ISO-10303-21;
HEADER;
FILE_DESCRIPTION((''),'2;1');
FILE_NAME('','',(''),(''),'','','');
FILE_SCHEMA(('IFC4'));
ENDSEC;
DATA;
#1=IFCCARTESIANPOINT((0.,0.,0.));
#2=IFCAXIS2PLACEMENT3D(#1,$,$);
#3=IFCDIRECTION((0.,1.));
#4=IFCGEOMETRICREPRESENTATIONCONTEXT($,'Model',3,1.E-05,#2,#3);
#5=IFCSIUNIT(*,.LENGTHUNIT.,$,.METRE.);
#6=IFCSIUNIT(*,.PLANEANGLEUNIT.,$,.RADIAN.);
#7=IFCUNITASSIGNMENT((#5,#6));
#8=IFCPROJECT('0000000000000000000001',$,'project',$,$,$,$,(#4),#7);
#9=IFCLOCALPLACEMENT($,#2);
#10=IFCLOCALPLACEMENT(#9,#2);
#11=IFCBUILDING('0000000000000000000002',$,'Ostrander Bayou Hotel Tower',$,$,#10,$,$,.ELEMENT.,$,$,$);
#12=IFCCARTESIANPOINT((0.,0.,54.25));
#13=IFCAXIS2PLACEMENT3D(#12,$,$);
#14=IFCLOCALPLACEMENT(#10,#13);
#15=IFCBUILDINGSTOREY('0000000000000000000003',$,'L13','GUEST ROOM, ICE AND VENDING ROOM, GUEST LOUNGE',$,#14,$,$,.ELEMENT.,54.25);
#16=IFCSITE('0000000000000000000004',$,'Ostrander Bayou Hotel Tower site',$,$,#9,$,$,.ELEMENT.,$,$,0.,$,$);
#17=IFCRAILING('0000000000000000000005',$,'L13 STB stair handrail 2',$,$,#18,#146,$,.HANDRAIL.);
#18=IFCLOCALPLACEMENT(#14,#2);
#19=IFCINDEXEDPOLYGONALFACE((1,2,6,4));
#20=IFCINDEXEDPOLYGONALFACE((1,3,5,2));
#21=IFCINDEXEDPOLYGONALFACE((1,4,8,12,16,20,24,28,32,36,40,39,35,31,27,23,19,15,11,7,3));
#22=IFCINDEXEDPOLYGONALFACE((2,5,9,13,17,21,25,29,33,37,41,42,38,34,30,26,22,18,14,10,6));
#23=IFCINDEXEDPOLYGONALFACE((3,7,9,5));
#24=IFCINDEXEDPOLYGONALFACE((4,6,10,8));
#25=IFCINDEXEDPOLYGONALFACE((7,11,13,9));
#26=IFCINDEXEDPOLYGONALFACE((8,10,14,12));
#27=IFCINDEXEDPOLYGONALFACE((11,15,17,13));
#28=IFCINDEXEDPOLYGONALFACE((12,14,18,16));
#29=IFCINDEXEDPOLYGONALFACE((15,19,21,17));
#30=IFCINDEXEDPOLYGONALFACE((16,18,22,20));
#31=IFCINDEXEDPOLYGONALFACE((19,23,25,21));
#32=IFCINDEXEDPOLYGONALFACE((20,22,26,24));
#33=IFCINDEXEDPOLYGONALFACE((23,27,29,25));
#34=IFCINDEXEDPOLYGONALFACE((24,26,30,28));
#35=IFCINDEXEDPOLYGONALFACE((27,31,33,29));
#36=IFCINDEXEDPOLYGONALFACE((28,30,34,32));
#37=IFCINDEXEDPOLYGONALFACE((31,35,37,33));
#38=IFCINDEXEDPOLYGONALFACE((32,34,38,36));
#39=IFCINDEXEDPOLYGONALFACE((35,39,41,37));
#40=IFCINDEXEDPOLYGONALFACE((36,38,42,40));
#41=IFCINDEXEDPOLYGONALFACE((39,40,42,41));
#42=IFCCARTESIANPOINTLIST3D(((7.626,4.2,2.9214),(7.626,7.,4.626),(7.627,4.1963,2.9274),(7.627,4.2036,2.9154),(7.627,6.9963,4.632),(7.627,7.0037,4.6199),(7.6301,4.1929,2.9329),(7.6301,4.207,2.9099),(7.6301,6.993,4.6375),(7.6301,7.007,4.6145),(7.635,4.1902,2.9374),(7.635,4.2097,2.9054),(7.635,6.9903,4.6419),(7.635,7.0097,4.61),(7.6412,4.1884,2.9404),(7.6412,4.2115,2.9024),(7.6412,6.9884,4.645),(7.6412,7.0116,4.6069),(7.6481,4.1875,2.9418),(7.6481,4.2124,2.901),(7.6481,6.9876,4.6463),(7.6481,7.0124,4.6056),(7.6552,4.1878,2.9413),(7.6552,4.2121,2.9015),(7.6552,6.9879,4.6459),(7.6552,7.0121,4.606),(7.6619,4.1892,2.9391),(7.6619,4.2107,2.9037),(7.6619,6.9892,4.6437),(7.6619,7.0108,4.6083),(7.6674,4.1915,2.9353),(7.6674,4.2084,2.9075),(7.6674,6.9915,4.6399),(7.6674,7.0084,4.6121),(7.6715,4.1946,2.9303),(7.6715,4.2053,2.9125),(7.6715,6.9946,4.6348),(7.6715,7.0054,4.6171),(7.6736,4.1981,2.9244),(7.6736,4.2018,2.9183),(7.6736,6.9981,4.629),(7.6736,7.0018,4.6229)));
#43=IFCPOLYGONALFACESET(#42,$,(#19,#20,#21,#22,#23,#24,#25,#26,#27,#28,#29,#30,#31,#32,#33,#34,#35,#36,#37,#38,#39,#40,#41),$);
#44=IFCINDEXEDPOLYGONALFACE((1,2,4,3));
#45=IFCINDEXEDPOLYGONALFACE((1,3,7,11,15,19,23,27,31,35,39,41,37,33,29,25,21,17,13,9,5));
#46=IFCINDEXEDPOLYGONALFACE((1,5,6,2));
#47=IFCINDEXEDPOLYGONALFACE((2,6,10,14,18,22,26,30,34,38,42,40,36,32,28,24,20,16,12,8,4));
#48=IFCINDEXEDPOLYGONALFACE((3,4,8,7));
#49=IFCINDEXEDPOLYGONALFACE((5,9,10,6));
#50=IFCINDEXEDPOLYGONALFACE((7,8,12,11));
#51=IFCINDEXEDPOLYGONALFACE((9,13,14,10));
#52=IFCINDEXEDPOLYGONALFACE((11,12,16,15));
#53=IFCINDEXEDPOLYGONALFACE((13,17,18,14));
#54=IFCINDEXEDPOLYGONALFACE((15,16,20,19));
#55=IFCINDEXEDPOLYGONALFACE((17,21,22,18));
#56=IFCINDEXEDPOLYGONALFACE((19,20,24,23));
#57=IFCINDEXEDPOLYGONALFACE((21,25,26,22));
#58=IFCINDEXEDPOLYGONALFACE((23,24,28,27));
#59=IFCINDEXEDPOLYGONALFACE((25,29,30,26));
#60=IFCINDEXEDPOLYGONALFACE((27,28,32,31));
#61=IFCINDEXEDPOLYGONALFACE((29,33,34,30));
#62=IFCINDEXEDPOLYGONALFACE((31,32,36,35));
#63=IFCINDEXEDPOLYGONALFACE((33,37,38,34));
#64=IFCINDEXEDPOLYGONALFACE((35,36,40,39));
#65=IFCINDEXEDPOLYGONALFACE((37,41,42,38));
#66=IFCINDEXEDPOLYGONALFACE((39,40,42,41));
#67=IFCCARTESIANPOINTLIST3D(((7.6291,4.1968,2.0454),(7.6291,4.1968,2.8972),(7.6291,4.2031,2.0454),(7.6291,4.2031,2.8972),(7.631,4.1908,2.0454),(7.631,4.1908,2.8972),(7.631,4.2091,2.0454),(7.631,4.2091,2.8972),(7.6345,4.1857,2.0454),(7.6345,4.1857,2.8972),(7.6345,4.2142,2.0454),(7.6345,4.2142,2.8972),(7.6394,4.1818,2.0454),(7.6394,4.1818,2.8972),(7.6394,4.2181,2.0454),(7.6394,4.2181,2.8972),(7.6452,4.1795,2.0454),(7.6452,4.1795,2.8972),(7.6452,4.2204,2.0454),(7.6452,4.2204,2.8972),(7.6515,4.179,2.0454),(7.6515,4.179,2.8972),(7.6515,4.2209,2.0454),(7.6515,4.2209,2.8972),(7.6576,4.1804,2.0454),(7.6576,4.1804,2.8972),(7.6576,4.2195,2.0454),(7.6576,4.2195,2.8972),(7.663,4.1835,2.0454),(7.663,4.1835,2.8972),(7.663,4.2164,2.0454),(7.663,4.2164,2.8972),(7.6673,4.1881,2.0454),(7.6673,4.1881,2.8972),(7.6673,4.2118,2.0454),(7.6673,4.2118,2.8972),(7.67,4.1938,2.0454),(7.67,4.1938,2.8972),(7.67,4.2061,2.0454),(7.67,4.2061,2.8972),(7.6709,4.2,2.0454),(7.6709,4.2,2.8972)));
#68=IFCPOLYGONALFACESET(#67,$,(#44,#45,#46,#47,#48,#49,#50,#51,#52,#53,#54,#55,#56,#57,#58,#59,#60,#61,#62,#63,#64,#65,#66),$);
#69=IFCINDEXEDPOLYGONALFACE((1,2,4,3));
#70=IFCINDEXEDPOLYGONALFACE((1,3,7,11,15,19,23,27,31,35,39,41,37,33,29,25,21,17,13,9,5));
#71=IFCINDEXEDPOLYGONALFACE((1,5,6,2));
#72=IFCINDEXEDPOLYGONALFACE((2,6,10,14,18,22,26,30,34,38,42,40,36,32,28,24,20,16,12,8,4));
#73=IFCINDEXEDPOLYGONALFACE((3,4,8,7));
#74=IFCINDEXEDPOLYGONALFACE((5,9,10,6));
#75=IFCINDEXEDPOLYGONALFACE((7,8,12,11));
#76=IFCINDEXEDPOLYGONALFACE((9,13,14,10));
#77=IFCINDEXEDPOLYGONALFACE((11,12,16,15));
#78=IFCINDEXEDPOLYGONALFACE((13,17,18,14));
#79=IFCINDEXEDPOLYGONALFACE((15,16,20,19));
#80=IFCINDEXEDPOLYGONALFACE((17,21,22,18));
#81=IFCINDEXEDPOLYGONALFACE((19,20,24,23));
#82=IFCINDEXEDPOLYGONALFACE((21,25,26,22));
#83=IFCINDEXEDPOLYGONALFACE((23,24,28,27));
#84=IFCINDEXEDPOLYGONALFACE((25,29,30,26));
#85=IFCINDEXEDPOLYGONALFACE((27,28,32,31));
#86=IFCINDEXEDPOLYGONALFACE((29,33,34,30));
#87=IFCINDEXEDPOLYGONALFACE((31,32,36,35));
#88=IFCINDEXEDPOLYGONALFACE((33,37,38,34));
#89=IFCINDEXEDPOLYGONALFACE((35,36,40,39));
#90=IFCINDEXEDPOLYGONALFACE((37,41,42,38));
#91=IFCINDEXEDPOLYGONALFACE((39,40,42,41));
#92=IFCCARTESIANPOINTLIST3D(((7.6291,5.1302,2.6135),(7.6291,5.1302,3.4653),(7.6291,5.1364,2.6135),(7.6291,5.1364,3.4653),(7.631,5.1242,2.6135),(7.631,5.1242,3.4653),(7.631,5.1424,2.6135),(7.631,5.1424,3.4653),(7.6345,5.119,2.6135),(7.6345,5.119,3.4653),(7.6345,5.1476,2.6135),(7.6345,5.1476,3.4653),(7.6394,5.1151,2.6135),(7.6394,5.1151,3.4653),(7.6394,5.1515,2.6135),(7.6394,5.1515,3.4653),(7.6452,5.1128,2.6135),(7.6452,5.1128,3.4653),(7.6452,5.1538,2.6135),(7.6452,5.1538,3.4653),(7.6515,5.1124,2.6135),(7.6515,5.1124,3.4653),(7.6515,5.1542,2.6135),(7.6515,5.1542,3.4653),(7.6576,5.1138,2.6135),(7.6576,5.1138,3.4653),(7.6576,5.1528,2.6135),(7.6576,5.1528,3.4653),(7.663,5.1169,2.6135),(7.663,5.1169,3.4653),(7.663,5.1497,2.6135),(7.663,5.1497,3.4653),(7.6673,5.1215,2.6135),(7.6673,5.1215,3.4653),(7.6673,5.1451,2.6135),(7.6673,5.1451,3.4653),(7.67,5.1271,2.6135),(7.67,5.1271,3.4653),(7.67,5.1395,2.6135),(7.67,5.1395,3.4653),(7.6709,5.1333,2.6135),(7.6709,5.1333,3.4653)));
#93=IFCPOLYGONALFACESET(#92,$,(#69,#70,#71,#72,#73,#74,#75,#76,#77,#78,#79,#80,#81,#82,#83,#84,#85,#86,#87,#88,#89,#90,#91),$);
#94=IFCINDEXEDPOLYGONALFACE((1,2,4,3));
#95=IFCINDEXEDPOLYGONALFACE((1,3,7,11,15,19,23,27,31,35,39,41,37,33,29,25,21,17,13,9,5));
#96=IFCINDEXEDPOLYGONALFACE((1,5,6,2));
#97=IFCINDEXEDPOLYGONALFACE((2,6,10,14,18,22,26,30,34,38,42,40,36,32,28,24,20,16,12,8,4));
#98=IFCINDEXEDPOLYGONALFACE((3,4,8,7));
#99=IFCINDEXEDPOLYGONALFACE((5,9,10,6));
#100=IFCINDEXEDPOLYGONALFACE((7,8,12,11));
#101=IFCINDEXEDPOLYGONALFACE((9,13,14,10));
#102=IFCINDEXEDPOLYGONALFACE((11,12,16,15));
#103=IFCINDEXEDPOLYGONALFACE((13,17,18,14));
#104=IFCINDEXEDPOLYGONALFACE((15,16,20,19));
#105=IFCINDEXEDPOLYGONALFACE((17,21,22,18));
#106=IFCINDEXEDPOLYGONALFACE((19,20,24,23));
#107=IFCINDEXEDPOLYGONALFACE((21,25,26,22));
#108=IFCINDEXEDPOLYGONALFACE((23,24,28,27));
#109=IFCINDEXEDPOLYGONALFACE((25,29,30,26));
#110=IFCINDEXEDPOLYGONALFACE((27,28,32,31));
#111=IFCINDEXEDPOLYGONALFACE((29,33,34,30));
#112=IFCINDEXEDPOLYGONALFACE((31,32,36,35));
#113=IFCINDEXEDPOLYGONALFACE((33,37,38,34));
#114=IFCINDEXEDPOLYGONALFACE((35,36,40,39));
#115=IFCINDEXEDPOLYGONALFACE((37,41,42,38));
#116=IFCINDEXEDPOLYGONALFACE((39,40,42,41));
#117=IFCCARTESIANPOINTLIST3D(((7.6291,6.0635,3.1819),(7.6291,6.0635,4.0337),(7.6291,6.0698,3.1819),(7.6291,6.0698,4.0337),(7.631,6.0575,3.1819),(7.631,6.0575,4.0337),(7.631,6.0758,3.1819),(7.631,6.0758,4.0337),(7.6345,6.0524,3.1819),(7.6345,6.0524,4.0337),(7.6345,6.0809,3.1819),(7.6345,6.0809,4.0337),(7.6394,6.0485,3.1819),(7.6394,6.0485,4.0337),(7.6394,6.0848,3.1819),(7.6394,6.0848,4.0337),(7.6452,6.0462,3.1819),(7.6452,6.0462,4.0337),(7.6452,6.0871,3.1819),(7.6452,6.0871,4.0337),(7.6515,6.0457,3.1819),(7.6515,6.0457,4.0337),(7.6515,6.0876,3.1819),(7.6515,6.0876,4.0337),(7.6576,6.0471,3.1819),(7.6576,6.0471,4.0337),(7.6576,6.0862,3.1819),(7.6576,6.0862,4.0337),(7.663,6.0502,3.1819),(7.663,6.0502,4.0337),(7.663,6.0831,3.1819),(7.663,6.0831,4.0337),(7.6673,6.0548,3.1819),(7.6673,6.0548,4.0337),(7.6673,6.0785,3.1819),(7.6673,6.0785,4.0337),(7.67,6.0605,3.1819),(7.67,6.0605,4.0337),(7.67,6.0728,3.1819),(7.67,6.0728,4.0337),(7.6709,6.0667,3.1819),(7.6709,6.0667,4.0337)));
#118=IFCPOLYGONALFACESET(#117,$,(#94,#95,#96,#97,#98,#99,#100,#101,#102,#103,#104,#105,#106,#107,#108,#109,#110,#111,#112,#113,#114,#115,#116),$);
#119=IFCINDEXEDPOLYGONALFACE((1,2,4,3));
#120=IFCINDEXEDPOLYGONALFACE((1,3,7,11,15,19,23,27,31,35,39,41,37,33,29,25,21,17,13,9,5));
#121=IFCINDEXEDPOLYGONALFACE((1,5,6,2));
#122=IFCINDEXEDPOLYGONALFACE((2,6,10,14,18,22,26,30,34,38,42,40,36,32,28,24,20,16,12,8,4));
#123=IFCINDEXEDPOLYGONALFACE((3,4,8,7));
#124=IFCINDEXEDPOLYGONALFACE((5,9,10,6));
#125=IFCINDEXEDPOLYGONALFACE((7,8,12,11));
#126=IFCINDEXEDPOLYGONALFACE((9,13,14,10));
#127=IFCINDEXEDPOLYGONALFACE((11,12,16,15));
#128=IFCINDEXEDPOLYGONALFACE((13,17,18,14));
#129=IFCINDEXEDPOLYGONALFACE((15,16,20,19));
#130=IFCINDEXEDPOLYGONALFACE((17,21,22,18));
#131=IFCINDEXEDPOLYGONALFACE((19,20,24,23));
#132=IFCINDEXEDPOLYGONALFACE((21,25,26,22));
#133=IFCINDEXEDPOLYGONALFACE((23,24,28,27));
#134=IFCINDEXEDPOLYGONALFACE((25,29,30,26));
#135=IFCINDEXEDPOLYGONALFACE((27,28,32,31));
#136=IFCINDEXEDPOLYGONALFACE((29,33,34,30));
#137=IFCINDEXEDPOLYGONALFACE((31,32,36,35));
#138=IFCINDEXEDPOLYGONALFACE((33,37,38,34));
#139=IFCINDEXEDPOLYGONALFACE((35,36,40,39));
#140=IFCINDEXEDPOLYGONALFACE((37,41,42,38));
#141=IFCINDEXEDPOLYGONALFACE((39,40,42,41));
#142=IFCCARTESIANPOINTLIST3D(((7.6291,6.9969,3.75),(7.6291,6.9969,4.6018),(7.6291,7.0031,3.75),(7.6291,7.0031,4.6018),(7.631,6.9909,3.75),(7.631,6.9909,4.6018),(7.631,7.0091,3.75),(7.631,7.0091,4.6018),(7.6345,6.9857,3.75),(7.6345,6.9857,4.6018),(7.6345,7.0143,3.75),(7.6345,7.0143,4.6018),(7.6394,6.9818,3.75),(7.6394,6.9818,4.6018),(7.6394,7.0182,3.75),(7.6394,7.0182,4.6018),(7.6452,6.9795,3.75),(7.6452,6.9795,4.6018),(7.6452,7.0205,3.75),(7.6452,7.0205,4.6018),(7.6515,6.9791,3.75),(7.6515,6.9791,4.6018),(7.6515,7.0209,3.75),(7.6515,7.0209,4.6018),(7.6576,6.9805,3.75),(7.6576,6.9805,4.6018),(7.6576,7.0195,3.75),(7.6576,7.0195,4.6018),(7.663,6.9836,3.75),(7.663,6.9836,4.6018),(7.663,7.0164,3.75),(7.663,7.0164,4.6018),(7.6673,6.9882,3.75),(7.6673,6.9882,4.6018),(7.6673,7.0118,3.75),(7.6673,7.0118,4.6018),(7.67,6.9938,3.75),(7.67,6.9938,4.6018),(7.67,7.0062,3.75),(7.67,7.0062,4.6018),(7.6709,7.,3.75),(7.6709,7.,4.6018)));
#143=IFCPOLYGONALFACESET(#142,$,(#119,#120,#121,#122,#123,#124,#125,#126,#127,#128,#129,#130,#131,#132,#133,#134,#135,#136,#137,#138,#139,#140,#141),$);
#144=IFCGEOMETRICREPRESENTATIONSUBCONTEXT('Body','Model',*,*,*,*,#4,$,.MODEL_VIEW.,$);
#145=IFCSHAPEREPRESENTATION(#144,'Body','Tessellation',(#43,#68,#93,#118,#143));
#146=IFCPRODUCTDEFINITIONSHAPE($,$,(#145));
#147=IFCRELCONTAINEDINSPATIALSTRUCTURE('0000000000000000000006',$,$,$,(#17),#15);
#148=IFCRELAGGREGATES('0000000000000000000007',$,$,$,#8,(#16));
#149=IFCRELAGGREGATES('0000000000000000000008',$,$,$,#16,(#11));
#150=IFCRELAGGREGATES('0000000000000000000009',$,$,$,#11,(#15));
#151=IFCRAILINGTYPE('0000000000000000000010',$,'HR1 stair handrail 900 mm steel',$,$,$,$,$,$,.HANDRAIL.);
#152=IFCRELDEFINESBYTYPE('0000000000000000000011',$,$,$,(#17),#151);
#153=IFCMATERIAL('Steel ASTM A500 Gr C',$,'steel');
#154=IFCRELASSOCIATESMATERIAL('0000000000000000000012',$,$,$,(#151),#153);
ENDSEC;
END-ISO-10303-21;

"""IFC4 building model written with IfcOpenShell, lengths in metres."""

from ifc_helpers import new_model, si_unit, direction, frame, origin, origin_2d, place, context, subcontext, project, spatial, circle, extrude, material, type_object, element, save


model = new_model("IFC4")

# Units and contexts
model_context = context("Model", 3, precision=1e-05, world=origin(), true_north=direction((0.0, 1.0)))
body_context = subcontext(model_context, "Body", "Model", "MODEL_VIEW")
ifc_project = project(units=[si_unit("LENGTHUNIT", "METRE"), si_unit("PLANEANGLEUNIT", "RADIAN")], contexts=[model_context])

# Site, building, storey
site_placement = place(None, origin())
site = spatial("IfcSite", under=ifc_project, at=site_placement, Name="Ostrander Bayou Hotel Tower site", CompositionType="ELEMENT", RefElevation=0.0)
building_placement = place(site_placement, origin())
building = spatial("IfcBuilding", under=site, at=building_placement, Name="Ostrander Bayou Hotel Tower", CompositionType="ELEMENT")
storey_placement = place(building_placement, frame((0.0, 0.0, 54.25)))
storey = spatial("IfcBuildingStorey", under=building, at=storey_placement, Name="L13", Description="GUEST ROOM, ICE AND VENDING ROOM, GUEST LOUNGE", CompositionType="ELEMENT", Elevation=54.25)

# Railing
ifc_material_1 = material(Name="Steel ASTM A500 Gr C", Category="steel")
railing_type = type_object("IfcRailingType", Name="HR1 stair handrail 900 mm steel", PredefinedType="HANDRAIL", material=ifc_material_1)
railing_placement = place(storey_placement, frame((7.6499, 4.2, 2.0454)))
element("IfcRailing", 1, at=railing_placement, inside=storey, type_object=railing_type, Name="L13 STB stair handrail 2", PredefinedType="HANDRAIL", context=body_context, shape_type="SweptSolid", body=[
    extrude(circle(Radius=0.0239, at=origin_2d()), frame((0.0, 0.0, 0.876), z_axis=(0.0, 0.85417, 0.519994), x_axis=(-1.0, 0.0, 0.0)), (0.0, 0.0, 1.0), 3.2781),
    extrude(circle(Radius=0.021, at=origin_2d()), origin(), (0.0, 0.0, 1.0), 0.8518),
    extrude(circle(Radius=0.021, at=origin_2d()), frame((0.0, 0.9333, 0.5681)), (0.0, 0.0, 1.0), 0.8518),
    extrude(circle(Radius=0.021, at=origin_2d()), frame((0.0, 1.8667, 1.1365)), (0.0, 0.0, 1.0), 0.8518),
    extrude(circle(Radius=0.021, at=origin_2d()), frame((0.0, 2.8, 1.7046)), (0.0, 0.0, 1.0), 0.8518),
])

save(model, "model.ifc")
